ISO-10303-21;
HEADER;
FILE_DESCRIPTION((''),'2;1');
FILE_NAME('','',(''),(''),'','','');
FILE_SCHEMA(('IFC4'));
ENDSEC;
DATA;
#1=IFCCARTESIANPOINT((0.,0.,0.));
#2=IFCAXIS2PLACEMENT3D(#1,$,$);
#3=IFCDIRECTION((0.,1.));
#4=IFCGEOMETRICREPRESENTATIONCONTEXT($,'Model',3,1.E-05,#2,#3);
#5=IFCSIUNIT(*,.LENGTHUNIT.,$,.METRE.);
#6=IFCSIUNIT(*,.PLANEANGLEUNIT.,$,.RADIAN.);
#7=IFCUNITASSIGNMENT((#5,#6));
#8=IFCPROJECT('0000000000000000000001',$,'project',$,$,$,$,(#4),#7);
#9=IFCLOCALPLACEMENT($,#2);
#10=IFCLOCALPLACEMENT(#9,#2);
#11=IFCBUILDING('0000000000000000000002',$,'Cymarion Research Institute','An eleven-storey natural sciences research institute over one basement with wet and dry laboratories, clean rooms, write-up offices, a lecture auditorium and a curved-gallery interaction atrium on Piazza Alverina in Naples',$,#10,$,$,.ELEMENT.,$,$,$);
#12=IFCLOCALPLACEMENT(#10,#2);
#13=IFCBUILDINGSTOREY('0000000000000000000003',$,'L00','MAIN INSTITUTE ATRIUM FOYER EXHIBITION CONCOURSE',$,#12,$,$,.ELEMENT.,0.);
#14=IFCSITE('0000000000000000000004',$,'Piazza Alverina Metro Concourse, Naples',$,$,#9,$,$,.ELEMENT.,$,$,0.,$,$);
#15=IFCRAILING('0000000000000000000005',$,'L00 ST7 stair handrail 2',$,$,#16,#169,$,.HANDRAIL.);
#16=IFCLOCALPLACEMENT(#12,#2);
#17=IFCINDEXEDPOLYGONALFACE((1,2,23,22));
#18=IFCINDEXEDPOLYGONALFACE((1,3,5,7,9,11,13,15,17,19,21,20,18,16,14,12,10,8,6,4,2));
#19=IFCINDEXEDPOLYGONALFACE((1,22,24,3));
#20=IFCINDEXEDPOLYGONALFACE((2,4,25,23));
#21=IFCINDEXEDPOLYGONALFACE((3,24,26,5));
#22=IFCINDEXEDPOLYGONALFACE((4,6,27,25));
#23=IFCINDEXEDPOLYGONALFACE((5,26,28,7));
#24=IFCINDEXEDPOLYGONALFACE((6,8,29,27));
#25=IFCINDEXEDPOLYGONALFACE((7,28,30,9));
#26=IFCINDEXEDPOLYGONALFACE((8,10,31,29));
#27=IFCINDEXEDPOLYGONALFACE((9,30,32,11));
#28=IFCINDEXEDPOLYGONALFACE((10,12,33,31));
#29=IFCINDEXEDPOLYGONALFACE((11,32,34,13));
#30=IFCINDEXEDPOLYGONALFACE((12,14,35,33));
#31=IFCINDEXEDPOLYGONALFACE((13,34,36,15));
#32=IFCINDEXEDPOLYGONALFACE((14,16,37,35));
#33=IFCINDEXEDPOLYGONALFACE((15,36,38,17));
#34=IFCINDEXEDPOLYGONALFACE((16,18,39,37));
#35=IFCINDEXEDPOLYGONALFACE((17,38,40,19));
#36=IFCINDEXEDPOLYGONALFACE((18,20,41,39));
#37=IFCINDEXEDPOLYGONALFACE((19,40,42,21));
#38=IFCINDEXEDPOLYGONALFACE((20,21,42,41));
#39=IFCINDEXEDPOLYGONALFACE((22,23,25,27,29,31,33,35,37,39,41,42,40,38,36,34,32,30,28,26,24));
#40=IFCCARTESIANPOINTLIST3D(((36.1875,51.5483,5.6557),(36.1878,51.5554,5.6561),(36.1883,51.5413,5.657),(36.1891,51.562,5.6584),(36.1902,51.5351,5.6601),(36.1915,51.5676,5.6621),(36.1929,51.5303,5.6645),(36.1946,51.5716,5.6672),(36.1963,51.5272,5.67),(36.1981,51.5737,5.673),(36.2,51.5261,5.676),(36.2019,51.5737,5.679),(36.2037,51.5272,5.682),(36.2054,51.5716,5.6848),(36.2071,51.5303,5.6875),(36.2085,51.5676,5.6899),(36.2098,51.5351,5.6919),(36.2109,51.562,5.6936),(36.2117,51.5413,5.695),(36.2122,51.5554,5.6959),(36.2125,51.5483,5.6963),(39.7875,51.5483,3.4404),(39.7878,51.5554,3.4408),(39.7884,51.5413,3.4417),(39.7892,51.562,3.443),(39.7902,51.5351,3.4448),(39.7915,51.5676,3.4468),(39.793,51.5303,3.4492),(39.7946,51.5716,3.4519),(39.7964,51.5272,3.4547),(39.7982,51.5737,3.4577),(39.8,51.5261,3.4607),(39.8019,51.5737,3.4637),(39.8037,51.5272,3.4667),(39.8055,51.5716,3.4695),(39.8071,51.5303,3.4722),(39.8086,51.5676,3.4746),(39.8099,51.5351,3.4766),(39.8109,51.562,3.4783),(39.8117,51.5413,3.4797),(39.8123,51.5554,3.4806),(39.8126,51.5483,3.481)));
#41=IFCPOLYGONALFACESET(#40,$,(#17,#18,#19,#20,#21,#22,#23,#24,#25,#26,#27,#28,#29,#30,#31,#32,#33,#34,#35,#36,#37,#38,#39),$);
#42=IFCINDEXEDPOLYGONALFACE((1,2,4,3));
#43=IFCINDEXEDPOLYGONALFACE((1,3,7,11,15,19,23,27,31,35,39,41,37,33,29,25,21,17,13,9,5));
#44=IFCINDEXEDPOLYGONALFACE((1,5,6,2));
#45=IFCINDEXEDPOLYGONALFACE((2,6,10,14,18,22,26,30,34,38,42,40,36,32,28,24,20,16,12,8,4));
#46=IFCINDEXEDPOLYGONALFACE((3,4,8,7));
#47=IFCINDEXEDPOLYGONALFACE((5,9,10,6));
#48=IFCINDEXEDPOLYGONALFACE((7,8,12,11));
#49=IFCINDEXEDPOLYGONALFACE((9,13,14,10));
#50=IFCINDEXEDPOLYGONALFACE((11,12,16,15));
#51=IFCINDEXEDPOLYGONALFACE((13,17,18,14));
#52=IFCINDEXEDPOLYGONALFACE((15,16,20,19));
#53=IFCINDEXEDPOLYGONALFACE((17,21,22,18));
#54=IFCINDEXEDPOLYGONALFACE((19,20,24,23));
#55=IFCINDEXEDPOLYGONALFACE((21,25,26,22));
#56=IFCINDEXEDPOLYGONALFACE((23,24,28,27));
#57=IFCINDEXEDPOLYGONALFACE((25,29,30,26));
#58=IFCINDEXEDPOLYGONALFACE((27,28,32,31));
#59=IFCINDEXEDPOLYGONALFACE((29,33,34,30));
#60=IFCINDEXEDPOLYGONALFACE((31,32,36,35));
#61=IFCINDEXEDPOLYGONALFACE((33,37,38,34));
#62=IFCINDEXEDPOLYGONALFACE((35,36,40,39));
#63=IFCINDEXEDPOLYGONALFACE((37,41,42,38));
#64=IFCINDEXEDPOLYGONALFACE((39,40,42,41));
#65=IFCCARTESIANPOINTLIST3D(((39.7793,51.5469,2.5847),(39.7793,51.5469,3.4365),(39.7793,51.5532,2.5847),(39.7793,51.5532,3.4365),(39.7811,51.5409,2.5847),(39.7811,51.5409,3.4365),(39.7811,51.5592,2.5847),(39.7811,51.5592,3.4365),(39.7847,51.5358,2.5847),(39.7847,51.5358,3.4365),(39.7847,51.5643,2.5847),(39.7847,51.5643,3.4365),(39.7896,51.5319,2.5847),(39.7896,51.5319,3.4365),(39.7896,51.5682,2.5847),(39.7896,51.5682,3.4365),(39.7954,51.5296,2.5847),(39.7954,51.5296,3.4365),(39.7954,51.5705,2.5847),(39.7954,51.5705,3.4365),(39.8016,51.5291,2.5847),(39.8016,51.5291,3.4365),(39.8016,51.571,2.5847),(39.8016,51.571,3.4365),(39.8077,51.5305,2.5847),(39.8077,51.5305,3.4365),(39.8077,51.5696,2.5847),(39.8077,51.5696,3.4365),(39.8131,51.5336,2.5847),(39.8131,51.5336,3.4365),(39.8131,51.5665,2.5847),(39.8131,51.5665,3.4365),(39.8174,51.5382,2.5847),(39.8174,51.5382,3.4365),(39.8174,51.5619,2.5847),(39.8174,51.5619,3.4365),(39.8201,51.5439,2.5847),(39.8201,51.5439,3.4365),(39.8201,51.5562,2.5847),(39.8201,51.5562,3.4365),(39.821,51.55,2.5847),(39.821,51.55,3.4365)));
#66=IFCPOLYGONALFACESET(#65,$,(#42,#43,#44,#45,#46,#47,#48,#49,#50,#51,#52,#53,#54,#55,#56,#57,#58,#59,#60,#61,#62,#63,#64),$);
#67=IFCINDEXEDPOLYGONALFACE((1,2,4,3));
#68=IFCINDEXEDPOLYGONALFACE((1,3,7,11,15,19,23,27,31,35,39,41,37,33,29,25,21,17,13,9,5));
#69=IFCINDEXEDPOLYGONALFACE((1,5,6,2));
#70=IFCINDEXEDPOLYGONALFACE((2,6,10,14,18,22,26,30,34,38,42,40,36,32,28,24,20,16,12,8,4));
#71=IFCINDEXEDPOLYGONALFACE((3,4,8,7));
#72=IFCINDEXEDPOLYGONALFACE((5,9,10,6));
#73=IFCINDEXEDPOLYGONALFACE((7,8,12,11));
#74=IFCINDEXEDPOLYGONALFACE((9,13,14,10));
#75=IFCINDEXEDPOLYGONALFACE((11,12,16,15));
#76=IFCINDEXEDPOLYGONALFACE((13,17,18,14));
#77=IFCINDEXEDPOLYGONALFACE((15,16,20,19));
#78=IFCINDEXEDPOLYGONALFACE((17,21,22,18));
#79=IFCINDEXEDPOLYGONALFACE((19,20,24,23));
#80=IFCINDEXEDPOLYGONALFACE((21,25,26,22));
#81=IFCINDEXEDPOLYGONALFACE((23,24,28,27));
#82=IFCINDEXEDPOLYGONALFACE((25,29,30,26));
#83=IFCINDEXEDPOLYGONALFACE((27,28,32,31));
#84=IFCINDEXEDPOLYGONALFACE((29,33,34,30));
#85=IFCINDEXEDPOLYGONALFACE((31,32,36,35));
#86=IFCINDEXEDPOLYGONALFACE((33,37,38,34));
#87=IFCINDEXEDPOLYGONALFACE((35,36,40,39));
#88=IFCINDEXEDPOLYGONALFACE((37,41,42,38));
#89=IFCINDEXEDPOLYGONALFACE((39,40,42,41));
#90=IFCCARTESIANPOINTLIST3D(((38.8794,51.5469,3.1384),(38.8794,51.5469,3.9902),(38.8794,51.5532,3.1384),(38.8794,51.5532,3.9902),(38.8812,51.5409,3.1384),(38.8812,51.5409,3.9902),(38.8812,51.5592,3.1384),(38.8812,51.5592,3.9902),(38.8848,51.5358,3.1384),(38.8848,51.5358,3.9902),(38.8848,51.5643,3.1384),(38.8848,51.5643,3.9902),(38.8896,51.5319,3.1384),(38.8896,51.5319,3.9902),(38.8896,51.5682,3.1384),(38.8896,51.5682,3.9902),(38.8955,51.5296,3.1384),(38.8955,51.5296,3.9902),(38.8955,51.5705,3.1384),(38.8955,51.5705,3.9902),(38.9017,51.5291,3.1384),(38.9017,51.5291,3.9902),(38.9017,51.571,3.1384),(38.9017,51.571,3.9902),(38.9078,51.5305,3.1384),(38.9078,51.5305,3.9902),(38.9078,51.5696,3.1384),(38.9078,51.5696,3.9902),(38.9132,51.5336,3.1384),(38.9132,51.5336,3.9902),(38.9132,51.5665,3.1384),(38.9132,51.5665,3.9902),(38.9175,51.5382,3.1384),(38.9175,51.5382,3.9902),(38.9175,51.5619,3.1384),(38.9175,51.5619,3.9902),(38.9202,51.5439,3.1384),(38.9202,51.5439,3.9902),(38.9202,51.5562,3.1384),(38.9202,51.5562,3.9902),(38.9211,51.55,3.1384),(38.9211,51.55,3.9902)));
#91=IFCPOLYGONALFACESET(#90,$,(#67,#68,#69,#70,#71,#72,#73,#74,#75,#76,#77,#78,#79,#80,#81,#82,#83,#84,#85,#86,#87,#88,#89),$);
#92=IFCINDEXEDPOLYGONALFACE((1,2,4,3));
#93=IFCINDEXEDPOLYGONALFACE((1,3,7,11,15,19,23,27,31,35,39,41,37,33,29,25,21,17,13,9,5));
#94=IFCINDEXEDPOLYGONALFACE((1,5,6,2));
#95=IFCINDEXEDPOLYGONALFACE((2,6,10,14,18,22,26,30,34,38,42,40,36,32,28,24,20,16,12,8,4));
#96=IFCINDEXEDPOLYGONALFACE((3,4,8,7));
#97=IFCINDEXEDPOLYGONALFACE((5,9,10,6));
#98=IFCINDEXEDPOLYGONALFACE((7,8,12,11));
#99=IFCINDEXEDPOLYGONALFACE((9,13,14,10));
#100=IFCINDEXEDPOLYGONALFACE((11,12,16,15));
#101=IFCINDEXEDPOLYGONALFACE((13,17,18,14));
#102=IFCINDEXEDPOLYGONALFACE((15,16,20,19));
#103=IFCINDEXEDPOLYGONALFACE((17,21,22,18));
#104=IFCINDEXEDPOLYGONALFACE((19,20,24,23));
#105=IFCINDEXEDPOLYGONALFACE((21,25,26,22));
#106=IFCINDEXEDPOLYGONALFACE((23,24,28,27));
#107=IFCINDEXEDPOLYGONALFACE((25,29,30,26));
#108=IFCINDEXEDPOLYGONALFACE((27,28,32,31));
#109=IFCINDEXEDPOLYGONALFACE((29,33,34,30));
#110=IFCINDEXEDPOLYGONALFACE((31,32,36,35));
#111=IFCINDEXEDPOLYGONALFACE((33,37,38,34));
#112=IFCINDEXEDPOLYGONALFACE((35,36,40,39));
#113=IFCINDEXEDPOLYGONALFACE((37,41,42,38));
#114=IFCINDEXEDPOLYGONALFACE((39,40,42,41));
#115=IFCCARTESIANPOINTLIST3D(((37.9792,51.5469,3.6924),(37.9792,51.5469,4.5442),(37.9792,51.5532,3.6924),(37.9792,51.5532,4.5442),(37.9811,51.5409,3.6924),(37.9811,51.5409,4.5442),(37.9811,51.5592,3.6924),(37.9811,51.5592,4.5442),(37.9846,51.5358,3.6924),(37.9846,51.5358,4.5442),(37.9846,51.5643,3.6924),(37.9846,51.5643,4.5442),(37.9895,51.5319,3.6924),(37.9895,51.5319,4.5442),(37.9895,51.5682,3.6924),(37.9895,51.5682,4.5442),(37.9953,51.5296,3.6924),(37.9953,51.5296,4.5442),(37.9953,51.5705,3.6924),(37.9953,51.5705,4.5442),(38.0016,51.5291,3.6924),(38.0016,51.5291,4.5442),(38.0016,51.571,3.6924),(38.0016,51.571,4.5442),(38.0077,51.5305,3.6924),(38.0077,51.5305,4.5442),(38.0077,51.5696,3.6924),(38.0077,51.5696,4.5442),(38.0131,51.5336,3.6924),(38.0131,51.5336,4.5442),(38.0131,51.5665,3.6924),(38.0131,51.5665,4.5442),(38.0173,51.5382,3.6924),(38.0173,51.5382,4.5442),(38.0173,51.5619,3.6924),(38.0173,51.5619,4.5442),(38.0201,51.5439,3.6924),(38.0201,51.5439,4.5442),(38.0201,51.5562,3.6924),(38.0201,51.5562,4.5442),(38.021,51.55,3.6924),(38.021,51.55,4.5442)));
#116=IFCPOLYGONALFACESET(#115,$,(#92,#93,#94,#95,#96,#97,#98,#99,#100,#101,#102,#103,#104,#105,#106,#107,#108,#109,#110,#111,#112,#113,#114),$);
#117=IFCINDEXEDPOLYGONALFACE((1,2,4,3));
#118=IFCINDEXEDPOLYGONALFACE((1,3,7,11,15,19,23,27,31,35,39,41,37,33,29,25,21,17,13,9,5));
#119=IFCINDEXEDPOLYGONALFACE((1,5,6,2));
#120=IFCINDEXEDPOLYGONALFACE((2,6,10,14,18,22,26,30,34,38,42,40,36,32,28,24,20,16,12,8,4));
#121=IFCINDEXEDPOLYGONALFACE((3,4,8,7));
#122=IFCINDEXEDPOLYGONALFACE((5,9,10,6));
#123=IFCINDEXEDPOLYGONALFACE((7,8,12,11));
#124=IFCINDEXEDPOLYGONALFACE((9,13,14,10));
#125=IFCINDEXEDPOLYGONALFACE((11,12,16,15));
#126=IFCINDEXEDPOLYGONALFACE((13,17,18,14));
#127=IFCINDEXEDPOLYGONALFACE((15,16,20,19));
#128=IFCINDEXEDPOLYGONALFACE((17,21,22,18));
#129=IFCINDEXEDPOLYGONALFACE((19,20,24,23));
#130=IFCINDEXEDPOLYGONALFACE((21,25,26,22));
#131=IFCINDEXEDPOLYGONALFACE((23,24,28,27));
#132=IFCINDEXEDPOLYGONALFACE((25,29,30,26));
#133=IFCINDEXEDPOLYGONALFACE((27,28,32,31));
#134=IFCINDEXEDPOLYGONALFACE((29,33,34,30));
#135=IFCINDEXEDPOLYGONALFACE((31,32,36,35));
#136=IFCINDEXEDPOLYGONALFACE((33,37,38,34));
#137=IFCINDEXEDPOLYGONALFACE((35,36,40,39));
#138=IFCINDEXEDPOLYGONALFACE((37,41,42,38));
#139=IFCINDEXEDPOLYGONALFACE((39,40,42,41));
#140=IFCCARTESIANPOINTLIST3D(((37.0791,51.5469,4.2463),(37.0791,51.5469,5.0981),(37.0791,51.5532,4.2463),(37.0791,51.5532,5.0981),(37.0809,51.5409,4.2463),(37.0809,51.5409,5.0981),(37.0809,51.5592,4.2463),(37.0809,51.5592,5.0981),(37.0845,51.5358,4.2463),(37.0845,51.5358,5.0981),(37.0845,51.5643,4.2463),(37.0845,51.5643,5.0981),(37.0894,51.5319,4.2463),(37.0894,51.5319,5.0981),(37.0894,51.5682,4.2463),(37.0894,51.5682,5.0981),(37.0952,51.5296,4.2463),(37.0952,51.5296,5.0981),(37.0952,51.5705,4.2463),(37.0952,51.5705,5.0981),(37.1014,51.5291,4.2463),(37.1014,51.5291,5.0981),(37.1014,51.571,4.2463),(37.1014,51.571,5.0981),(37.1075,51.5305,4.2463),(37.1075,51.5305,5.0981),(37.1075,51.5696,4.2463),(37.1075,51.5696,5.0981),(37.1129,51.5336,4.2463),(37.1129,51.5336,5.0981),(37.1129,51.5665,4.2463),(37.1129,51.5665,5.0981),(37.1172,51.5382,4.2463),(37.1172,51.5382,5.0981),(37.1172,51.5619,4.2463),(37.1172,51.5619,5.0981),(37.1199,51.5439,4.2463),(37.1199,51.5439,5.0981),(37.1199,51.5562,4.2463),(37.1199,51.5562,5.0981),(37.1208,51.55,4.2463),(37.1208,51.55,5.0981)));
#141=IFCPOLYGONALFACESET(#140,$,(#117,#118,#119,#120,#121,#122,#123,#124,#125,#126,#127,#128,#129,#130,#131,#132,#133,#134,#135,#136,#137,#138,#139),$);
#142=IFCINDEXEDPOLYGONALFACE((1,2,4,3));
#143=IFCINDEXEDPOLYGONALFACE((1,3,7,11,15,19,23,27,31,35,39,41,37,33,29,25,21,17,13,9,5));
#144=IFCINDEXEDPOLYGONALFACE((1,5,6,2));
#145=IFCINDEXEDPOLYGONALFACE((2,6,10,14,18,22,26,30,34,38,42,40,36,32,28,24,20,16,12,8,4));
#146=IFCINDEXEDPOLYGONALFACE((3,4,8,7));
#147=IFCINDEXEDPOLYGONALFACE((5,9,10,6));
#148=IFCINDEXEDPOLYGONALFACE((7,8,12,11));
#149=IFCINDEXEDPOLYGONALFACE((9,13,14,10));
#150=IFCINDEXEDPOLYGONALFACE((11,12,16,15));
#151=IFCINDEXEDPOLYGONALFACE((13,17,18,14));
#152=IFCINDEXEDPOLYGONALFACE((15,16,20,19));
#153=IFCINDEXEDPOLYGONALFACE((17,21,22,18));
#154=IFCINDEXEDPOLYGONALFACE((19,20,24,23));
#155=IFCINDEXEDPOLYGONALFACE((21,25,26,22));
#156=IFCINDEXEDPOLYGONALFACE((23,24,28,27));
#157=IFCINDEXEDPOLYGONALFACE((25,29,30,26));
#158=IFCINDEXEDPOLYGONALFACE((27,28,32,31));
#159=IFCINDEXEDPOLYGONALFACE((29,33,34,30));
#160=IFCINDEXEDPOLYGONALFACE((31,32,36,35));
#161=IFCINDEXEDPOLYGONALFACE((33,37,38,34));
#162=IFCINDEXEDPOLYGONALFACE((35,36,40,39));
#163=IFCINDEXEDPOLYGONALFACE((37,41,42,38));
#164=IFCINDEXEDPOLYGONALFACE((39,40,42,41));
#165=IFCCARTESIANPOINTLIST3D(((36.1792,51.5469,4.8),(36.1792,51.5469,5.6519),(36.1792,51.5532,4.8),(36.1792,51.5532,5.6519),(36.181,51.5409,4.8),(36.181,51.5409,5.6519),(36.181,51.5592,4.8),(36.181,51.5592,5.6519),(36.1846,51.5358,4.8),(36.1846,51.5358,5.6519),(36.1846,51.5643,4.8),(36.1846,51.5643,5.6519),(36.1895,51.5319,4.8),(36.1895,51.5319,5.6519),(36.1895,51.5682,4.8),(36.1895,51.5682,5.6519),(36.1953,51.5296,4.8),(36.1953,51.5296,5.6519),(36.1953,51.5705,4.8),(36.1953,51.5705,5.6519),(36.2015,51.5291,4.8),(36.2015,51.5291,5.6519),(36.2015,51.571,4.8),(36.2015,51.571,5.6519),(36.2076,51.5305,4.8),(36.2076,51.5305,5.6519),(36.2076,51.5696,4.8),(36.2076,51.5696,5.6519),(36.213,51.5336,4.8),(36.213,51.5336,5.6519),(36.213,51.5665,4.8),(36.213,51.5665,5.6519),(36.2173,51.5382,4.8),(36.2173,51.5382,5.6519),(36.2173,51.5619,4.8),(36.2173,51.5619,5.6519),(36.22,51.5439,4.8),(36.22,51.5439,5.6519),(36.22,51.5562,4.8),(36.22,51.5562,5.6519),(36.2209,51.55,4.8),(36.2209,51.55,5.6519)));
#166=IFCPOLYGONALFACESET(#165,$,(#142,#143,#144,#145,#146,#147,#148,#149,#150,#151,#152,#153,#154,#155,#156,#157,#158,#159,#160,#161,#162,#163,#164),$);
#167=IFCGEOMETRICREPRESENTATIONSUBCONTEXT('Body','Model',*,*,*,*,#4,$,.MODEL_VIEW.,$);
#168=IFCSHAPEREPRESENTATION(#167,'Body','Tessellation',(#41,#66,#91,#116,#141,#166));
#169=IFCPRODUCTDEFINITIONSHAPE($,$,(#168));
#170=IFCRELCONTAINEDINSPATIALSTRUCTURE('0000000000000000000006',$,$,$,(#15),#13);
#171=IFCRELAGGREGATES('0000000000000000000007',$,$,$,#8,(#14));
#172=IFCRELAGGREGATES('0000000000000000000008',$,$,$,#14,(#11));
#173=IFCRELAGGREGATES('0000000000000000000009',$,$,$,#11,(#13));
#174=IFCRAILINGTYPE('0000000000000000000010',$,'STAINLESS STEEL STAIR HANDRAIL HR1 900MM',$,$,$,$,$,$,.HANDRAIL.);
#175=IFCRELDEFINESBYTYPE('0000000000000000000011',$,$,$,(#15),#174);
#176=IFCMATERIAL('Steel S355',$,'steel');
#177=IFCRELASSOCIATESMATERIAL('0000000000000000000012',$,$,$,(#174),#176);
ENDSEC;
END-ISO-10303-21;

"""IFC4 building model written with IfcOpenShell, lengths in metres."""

from ifc_helpers import new_model, si_unit, direction, frame, origin, origin_2d, place, context, subcontext, project, spatial, circle, extrude, material, type_object, element, save


model = new_model("IFC4")

# Units and contexts
model_context = context("Model", 3, precision=1e-05, world=origin(), true_north=direction((0.0, 1.0)))
body_context = subcontext(model_context, "Body", "Model", "MODEL_VIEW")
ifc_project = project(units=[si_unit("LENGTHUNIT", "METRE"), si_unit("PLANEANGLEUNIT", "RADIAN")], contexts=[model_context])

# Site, building, storey
site_placement = place(None, origin())
site = spatial("IfcSite", under=ifc_project, at=site_placement, Name="Piazza Alverina Metro Concourse, Naples", CompositionType="ELEMENT", RefElevation=0.0)
building_placement = place(site_placement, origin())
building = spatial("IfcBuilding", under=site, at=building_placement, Name="Cymarion Research Institute", Description="An eleven-storey natural sciences research institute over one basement with wet and dry laboratories, clean rooms, write-up offices, a lecture auditorium and a curved-gallery interaction atrium on Piazza Alverina in Naples", CompositionType="ELEMENT")
storey_placement = place(building_placement, origin())
storey = spatial("IfcBuildingStorey", under=building, at=storey_placement, Name="L00", Description="MAIN INSTITUTE ATRIUM FOYER EXHIBITION CONCOURSE", CompositionType="ELEMENT", Elevation=0.0)

# Shared definitions
ifc_material_1 = material(Name="Steel S355", Category="steel")

# Railing
railing_type_1 = type_object("IfcRailingType", Name="STAINLESS STEEL STAIR HANDRAIL HR1 900MM", PredefinedType="HANDRAIL", material=ifc_material_1)
railing_1_placement = place(storey_placement, frame((39.8, 51.55, 2.5847)))
element("IfcRailing", 1, at=railing_1_placement, inside=storey, type_object=railing_type_1, Name="L00 ST7 stair handrail 2", PredefinedType="HANDRAIL", context=body_context, shape_type="SweptSolid", body=[
    extrude(circle(Radius=0.0239, at=origin_2d()), frame((0.0, 0.0, 0.876), z_axis=(-0.85167, 0.0, 0.524078), x_axis=(0.0, -1.0, 0.0)), (0.0, 0.0, 1.0), 4.2271),
    extrude(circle(Radius=0.021, at=origin_2d()), origin(), (0.0, 0.0, 1.0), 0.8518),
    extrude(circle(Radius=0.021, at=origin_2d()), frame((-0.8999, 0.0, 0.5537)), (0.0, 0.0, 1.0), 0.8518),
    extrude(circle(Radius=0.021, at=origin_2d()), frame((-1.8, 0.0, 1.1077)), (0.0, 0.0, 1.0), 0.8518),
    extrude(circle(Radius=0.021, at=origin_2d()), frame((-2.7002, 0.0, 1.6616)), (0.0, 0.0, 1.0), 0.8518),
    extrude(circle(Radius=0.021, at=origin_2d()), frame((-3.6001, 0.0, 2.2153)), (0.0, 0.0, 1.0), 0.8518),
])

save(model, "model.ifc")
